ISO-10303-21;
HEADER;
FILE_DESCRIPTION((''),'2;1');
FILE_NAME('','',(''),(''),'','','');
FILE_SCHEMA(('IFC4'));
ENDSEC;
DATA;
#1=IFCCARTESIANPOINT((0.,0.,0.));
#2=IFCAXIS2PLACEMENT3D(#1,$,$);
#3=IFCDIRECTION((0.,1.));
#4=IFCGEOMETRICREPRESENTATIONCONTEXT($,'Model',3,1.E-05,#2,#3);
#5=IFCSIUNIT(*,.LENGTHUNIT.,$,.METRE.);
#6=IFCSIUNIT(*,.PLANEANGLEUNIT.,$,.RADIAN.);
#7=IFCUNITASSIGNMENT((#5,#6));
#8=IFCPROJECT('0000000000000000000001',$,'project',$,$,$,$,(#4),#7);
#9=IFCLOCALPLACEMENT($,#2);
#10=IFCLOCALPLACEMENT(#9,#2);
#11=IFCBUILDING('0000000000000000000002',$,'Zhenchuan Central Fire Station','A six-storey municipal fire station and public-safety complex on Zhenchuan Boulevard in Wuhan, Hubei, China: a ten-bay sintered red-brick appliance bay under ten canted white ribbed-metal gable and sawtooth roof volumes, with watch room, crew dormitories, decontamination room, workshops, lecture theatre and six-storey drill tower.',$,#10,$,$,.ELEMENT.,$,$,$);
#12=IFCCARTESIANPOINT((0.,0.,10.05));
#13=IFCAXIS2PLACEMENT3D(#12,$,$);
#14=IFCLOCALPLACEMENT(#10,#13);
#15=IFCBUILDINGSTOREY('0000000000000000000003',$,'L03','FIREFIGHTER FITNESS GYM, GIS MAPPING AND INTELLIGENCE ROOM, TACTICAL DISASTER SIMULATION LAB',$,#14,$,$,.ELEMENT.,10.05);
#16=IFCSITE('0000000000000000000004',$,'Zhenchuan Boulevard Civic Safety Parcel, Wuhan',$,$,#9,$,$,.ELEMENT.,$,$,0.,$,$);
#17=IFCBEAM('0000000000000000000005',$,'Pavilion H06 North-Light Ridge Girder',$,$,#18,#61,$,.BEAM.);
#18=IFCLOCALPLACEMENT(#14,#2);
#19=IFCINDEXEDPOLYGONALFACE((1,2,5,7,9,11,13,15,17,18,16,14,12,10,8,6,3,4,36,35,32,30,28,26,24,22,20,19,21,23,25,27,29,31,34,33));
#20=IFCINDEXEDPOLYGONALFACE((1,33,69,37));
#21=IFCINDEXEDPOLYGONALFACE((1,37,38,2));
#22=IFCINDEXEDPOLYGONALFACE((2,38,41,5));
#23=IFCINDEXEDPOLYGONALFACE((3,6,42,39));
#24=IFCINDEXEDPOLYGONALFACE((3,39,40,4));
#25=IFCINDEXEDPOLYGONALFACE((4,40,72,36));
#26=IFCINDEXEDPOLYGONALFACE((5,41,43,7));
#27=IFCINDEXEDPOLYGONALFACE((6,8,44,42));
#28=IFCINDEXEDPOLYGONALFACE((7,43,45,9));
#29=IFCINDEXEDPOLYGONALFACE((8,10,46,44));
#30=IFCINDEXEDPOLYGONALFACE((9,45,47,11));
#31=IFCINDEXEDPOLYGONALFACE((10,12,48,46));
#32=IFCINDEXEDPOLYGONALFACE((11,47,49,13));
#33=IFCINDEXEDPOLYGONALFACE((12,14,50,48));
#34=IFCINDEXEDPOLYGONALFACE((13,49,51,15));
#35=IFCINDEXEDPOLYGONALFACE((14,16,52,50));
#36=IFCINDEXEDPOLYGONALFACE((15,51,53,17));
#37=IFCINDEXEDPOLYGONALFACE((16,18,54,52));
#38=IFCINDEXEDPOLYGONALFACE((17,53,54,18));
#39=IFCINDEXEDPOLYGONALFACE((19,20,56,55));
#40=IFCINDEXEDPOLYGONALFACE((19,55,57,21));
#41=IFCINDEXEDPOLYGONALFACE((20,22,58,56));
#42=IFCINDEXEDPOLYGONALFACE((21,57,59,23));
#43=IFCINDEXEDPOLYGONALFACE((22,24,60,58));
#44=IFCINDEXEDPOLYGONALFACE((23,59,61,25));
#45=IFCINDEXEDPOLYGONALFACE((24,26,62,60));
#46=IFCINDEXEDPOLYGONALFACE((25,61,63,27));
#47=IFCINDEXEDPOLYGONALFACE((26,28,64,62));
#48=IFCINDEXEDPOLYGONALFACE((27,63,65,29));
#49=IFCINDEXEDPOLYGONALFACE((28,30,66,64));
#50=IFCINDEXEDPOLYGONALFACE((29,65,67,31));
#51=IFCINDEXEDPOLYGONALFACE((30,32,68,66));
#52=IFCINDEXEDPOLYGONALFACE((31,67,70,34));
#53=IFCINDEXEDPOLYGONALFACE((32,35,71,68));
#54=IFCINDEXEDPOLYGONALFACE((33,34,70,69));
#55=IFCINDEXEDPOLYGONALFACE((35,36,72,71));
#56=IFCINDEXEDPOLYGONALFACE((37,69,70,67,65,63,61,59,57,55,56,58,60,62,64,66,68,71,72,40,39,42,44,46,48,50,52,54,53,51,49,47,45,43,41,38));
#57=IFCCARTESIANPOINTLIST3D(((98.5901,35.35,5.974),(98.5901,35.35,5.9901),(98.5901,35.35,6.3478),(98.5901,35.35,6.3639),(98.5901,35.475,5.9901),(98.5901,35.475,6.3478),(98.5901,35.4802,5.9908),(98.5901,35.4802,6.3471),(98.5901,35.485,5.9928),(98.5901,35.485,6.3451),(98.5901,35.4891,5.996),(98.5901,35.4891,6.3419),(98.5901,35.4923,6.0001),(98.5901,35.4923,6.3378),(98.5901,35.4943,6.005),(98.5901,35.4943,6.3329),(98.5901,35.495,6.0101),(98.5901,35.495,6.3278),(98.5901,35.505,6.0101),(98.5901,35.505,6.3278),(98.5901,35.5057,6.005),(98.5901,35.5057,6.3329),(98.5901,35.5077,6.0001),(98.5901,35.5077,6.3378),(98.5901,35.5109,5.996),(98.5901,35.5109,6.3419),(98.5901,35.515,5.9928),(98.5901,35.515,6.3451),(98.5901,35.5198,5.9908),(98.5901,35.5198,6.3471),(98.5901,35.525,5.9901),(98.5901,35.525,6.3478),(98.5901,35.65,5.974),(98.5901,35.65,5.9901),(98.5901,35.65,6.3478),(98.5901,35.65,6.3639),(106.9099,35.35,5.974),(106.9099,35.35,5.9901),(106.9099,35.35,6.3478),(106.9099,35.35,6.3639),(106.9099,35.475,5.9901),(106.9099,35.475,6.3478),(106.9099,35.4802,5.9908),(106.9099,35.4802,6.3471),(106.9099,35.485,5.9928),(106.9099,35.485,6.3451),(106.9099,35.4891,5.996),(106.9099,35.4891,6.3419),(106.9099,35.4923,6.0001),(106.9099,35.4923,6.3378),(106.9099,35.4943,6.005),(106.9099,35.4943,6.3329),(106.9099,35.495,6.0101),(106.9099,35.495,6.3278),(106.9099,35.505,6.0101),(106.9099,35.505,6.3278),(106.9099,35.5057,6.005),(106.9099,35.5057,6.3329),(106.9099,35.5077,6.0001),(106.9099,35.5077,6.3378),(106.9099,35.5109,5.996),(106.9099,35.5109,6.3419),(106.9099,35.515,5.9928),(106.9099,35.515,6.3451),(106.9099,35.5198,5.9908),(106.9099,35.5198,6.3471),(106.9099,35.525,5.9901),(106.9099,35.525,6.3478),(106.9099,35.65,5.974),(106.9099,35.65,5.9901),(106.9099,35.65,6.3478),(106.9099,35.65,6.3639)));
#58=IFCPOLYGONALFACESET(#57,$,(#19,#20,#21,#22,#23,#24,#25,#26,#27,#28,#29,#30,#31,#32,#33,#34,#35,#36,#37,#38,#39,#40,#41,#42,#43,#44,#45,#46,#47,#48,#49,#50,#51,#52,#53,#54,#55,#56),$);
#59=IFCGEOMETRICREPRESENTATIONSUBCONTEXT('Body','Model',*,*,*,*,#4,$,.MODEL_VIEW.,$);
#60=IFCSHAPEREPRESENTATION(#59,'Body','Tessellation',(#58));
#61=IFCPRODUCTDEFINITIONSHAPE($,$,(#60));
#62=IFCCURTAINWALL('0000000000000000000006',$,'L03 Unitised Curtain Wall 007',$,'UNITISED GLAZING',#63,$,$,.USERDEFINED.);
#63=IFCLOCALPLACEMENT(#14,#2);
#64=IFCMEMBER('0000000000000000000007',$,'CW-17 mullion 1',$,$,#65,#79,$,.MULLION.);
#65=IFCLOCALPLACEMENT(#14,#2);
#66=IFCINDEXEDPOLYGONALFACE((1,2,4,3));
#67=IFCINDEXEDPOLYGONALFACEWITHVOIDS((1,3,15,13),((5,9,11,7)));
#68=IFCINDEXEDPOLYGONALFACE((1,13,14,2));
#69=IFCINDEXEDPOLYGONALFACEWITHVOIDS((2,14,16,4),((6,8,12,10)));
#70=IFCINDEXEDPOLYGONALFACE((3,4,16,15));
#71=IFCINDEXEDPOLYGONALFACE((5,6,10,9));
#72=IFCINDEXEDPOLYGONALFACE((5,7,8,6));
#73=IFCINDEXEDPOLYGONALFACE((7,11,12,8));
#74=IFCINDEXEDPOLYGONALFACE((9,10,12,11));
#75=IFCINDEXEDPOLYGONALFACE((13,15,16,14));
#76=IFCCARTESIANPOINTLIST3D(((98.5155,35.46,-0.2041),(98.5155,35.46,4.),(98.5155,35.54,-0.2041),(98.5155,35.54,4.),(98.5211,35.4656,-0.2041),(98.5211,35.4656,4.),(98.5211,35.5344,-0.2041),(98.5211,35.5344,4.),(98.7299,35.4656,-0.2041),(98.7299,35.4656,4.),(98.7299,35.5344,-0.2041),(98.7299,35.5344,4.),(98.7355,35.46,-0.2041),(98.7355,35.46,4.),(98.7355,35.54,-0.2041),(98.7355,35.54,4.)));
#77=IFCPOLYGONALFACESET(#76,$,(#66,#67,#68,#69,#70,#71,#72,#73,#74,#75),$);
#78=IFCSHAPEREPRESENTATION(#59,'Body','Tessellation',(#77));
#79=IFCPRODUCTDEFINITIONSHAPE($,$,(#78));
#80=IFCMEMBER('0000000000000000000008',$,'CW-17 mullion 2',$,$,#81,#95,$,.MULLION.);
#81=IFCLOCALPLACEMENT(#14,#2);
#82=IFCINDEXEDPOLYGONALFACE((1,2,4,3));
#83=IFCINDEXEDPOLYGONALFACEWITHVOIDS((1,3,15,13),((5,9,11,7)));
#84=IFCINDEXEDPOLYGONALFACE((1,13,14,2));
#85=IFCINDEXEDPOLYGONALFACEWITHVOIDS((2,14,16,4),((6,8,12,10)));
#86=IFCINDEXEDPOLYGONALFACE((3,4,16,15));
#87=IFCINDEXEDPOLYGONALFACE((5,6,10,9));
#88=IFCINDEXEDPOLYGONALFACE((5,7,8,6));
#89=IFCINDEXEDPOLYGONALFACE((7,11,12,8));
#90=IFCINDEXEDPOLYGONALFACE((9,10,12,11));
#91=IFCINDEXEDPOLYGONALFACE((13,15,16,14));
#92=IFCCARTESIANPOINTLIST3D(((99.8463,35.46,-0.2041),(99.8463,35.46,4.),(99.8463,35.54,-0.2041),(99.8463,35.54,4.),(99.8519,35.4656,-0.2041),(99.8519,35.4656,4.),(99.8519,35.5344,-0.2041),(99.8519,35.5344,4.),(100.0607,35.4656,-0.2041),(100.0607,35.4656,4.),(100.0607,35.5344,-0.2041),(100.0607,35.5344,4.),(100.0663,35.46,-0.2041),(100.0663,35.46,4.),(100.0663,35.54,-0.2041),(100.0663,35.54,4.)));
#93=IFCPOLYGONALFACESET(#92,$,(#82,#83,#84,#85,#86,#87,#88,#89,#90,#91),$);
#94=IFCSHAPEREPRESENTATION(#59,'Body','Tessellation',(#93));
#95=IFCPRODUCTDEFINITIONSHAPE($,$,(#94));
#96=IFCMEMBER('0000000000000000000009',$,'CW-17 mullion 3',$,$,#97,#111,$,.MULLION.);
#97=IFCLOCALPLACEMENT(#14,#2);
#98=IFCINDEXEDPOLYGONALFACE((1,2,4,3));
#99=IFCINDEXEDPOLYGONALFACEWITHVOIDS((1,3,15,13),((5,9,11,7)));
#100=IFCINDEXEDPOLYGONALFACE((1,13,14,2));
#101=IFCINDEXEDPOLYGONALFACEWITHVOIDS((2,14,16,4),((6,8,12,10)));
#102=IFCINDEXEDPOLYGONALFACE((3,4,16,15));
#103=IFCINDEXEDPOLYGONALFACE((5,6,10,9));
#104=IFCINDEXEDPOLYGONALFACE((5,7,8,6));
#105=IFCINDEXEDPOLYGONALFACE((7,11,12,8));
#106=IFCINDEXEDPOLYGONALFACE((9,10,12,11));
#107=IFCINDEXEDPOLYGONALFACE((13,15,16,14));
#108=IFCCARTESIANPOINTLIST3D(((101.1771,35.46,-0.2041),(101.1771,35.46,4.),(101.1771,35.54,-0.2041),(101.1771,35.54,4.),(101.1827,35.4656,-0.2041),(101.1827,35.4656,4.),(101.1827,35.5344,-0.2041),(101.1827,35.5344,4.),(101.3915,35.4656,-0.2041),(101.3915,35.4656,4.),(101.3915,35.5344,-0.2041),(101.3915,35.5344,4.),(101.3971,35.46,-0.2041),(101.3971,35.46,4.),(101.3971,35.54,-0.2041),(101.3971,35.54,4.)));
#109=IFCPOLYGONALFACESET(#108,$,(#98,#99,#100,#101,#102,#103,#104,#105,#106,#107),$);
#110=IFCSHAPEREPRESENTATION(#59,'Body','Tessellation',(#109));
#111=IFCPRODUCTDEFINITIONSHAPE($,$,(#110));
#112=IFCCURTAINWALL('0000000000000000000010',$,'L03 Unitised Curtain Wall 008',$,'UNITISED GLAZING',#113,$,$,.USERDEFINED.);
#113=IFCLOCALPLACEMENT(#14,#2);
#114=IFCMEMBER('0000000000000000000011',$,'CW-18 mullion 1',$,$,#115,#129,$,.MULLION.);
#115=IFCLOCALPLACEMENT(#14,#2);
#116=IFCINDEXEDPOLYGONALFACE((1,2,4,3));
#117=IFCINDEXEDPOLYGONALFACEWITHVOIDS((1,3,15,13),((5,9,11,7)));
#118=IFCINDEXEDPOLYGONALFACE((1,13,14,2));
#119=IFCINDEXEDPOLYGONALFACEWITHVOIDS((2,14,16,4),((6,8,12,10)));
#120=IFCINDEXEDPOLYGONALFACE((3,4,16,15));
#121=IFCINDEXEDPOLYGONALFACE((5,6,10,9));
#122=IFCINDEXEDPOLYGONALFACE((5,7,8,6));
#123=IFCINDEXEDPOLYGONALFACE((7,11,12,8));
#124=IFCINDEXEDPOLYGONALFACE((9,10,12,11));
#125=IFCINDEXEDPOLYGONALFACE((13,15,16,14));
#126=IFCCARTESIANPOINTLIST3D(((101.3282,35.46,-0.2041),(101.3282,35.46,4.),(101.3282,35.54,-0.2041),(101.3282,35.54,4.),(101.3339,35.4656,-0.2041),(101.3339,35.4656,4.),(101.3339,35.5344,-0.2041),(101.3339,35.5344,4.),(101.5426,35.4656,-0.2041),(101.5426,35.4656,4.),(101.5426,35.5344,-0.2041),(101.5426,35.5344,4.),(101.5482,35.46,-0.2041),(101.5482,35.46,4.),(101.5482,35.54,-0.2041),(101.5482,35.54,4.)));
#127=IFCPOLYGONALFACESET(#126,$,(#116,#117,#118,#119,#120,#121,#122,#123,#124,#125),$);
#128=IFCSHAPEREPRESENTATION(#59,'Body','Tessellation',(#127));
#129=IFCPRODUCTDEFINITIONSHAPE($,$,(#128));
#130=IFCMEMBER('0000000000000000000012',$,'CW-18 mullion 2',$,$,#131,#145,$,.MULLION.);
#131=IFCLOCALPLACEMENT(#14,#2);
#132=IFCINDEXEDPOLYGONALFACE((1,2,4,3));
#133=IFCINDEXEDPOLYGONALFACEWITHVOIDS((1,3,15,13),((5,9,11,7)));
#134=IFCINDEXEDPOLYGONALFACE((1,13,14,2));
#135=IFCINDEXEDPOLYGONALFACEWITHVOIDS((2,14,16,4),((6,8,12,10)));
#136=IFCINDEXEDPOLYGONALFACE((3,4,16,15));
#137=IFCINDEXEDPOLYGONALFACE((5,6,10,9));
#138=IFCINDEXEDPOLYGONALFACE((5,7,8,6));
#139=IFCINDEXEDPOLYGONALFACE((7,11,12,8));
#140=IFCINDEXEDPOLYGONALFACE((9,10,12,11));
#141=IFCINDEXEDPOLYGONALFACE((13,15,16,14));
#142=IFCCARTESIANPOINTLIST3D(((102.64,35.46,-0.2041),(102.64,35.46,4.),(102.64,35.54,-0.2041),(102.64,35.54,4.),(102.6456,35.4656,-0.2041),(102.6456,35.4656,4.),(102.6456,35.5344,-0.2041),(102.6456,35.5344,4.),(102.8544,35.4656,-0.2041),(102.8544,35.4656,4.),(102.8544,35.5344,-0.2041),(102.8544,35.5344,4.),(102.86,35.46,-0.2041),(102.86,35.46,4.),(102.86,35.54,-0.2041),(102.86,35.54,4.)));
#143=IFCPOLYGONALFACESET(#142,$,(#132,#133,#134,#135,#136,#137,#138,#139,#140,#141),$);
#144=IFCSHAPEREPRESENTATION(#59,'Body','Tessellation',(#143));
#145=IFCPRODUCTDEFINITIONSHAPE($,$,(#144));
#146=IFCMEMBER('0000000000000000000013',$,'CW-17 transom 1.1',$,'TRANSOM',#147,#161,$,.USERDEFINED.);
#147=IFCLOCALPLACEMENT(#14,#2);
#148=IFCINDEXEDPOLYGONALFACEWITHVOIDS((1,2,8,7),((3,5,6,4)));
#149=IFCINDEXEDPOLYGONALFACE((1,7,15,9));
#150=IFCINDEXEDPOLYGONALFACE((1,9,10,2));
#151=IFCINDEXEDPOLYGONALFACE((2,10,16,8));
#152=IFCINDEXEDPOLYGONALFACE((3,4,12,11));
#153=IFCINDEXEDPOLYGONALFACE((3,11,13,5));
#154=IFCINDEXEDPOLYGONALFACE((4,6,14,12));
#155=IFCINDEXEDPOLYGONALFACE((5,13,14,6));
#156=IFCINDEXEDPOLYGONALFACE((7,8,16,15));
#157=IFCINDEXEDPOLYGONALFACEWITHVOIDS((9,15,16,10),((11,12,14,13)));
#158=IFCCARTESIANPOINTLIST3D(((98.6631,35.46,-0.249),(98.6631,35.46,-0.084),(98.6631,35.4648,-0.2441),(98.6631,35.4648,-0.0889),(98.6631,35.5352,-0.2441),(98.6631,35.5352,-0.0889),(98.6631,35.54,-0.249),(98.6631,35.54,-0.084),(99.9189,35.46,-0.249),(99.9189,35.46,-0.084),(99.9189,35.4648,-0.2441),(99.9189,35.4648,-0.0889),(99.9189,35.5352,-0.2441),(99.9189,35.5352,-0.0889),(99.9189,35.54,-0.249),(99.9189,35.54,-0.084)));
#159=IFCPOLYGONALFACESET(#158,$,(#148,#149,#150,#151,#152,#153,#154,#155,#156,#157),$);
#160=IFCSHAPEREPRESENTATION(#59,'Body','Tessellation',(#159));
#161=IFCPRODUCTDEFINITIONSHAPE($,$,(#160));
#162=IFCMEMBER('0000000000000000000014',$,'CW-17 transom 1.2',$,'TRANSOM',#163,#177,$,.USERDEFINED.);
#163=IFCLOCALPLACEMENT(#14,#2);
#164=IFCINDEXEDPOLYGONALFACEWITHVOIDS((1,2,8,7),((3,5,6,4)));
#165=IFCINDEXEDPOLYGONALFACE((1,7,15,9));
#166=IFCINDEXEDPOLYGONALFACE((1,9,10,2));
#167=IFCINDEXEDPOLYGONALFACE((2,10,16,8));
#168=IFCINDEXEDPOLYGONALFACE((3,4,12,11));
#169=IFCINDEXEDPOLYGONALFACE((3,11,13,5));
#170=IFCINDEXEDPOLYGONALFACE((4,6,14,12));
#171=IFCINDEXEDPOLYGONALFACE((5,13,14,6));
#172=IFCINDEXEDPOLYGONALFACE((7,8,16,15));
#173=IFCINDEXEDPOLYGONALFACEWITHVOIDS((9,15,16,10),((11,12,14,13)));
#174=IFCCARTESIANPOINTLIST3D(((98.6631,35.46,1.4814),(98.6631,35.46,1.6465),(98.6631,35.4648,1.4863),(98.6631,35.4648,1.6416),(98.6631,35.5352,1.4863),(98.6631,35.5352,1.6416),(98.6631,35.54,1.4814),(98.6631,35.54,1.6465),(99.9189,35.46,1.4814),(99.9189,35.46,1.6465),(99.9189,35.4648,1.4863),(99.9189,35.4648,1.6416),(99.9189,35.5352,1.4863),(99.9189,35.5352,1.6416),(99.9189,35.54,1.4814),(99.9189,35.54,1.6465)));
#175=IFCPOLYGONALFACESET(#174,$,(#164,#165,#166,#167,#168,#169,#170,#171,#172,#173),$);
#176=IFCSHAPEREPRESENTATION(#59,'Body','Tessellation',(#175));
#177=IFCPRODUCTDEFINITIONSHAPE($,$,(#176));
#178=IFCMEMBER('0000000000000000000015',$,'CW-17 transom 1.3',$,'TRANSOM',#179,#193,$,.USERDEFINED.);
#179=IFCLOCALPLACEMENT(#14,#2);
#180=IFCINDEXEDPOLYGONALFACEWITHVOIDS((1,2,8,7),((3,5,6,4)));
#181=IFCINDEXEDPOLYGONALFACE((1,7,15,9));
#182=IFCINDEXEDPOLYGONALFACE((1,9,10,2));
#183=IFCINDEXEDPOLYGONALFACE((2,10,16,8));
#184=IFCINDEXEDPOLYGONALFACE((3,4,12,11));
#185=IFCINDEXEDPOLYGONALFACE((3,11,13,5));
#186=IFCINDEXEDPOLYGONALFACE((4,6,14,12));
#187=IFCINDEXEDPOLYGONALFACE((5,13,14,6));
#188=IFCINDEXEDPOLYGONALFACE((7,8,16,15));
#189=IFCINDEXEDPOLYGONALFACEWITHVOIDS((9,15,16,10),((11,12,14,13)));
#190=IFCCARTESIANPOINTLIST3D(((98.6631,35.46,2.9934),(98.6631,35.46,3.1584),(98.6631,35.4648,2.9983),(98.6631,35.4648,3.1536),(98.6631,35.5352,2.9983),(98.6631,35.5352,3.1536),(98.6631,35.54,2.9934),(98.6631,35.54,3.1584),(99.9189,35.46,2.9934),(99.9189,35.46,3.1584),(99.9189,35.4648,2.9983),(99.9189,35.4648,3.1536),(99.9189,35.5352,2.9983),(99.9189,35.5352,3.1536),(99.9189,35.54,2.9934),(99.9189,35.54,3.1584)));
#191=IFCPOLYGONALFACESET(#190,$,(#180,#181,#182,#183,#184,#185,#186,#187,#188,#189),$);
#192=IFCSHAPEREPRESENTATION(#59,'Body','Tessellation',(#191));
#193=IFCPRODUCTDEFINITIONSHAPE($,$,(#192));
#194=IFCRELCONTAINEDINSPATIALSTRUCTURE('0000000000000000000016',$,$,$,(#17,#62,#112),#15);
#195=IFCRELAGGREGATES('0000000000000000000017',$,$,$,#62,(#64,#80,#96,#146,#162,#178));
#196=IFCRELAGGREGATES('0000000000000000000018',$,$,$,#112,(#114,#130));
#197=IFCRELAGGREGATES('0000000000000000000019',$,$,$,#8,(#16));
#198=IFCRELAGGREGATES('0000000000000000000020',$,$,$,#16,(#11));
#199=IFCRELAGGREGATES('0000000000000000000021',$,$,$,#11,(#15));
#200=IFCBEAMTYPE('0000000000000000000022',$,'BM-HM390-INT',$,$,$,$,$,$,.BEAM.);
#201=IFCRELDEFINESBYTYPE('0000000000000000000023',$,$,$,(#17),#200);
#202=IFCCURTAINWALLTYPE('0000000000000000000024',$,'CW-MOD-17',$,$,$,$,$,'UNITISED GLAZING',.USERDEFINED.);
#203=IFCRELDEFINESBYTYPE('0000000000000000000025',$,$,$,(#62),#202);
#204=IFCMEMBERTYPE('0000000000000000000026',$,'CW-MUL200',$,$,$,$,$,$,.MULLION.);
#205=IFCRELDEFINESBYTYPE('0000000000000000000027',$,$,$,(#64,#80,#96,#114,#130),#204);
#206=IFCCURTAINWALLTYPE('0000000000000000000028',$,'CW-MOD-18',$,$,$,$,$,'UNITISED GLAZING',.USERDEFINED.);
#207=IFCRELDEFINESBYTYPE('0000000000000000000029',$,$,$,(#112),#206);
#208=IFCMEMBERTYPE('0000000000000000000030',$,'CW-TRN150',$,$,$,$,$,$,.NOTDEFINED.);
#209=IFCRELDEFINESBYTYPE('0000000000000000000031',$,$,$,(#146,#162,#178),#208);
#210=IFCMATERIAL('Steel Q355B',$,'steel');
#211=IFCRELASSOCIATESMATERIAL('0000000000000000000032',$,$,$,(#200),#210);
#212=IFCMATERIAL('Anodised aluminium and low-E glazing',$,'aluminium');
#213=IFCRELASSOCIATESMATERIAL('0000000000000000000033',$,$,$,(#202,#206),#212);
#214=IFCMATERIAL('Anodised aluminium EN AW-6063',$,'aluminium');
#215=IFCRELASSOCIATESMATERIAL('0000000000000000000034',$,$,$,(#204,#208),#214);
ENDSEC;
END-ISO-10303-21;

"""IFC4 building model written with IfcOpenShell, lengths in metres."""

from ifc_helpers import new_model, si_unit, direction, frame, origin, origin_2d, place, context, subcontext, project, spatial, hollow_rectangle, i_section, extrude, material, material_profile, profile_set, type_object, element, aggregate, save


model = new_model("IFC4")

# Units and contexts
model_context = context("Model", 3, precision=1e-05, world=origin(), true_north=direction((0.0, 1.0)))
body_context = subcontext(model_context, "Body", "Model", "MODEL_VIEW")
ifc_project = project(units=[si_unit("LENGTHUNIT", "METRE"), si_unit("PLANEANGLEUNIT", "RADIAN")], contexts=[model_context])

# Site, building, storey
site_placement = place(None, origin())
site = spatial("IfcSite", under=ifc_project, at=site_placement, Name="Zhenchuan Boulevard Civic Safety Parcel, Wuhan", CompositionType="ELEMENT", RefElevation=0.0)
building_placement = place(site_placement, origin())
building = spatial("IfcBuilding", under=site, at=building_placement, Name="Zhenchuan Central Fire Station", Description="A six-storey municipal fire station and public-safety complex on Zhenchuan Boulevard in Wuhan, Hubei, China: a ten-bay sintered red-brick appliance bay under ten canted white ribbed-metal gable and sawtooth roof volumes, with watch room, crew dormitories, decontamination room, workshops, lecture theatre and six-storey drill tower.", CompositionType="ELEMENT")
storey_placement = place(building_placement, frame((0.0, 0.0, 10.05)))
storey = spatial("IfcBuildingStorey", under=building, at=storey_placement, Name="L03", Description="FIREFIGHTER FITNESS GYM, GIS MAPPING AND INTELLIGENCE ROOM, TACTICAL DISASTER SIMULATION LAB", CompositionType="ELEMENT", Elevation=10.05)

# Beam
ifc_material_1 = material(Name="Steel Q355B", Category="steel")
ifc_material_profile_1 = material_profile(ifc_material_1, i_section(OverallWidth=0.3, OverallDepth=0.3899, WebThickness=0.01, FlangeThickness=0.0161, FilletRadius=0.02, at=origin_2d()), Name="HM 390x300")
ifc_profile_set_1 = profile_set([ifc_material_profile_1], Name="Steel Q355B")
beam_type = type_object("IfcBeamType", Name="BM-HM390-INT", PredefinedType="BEAM", material=ifc_profile_set_1)
beam_placement = place(storey_placement, frame((98.5901, 35.5, 6.1689), z_axis=(1.0, 0.0, 0.0), x_axis=(0.0, 1.0, 0.0)))
element("IfcBeam", 1, at=beam_placement, inside=storey, type_object=beam_type, Name="Pavilion H06 North-Light Ridge Girder", PredefinedType="BEAM", context=body_context, shape_type="SweptSolid", body=[
    extrude(i_section(OverallWidth=0.3, OverallDepth=0.3899, WebThickness=0.01, FlangeThickness=0.0161, FilletRadius=0.02, at=origin_2d()), origin(), (0.0, 0.0, 1.0), 8.3198),
])

# Curtain walls, members
ifc_material_2 = material(Name="Anodised aluminium and low-E glazing", Category="aluminium")
curtain_wall_type_1 = type_object("IfcCurtainWallType", Name="CW-MOD-17", ElementType="UNITISED GLAZING", PredefinedType="USERDEFINED", material=ifc_material_2)
curtain_wall_1_placement = place(storey_placement, origin())
curtain_wall_1 = element("IfcCurtainWall", 2, at=curtain_wall_1_placement, inside=storey, type_object=curtain_wall_type_1, Name="L03 Unitised Curtain Wall 007", ObjectType="UNITISED GLAZING", PredefinedType="USERDEFINED")
ifc_material_3 = material(Name="Anodised aluminium EN AW-6063", Category="aluminium")
ifc_material_profile_2 = material_profile(ifc_material_3, hollow_rectangle(XDim=0.0801, YDim=0.22, WallThickness=0.0056, at=origin_2d()), Name="ALU-M 220x80")
ifc_profile_set_2 = profile_set([ifc_material_profile_2], Name="Anodised aluminium EN AW-6063")
member_type_1 = type_object("IfcMemberType", Name="CW-MUL200", PredefinedType="MULLION", material=ifc_profile_set_2)
member_1_placement = place(storey_placement, frame((98.6255, 35.5, -0.2041), z_axis=(0.0, 0.0, 1.0), x_axis=(0.0, 1.0, 0.0)))
member_1 = element("IfcMember", 3, at=member_1_placement, type_object=member_type_1, Name="CW-17 mullion 1", PredefinedType="MULLION", context=body_context, shape_type="SweptSolid", body=[
    extrude(hollow_rectangle(XDim=0.0801, YDim=0.22, WallThickness=0.0056, at=origin_2d()), origin(), (0.0, 0.0, 1.0), 4.2041),
])
member_2_placement = place(storey_placement, frame((99.9563, 35.5, -0.2041), z_axis=(0.0, 0.0, 1.0), x_axis=(0.0, 1.0, 0.0)))
member_2 = element("IfcMember", 4, at=member_2_placement, type_object=member_type_1, Name="CW-17 mullion 2", PredefinedType="MULLION", context=body_context, shape_type="SweptSolid", body=[
    extrude(hollow_rectangle(XDim=0.0801, YDim=0.22, WallThickness=0.0056, at=origin_2d()), origin(), (0.0, 0.0, 1.0), 4.2041),
])
member_3_placement = place(storey_placement, frame((101.2871, 35.5, -0.2041), z_axis=(0.0, 0.0, 1.0), x_axis=(0.0, 1.0, 0.0)))
member_3 = element("IfcMember", 5, at=member_3_placement, type_object=member_type_1, Name="CW-17 mullion 3", PredefinedType="MULLION", context=body_context, shape_type="SweptSolid", body=[
    extrude(hollow_rectangle(XDim=0.0801, YDim=0.22, WallThickness=0.0056, at=origin_2d()), origin(), (0.0, 0.0, 1.0), 4.2041),
])
curtain_wall_type_2 = type_object("IfcCurtainWallType", Name="CW-MOD-18", ElementType="UNITISED GLAZING", PredefinedType="USERDEFINED", material=ifc_material_2)
curtain_wall_2_placement = place(storey_placement, origin())
curtain_wall_2 = element("IfcCurtainWall", 6, at=curtain_wall_2_placement, inside=storey, type_object=curtain_wall_type_2, Name="L03 Unitised Curtain Wall 008", ObjectType="UNITISED GLAZING", PredefinedType="USERDEFINED")
member_4_placement = place(storey_placement, frame((101.4382, 35.5, -0.2041), z_axis=(0.0, 0.0, 1.0), x_axis=(0.0, 1.0, 0.0)))
member_4 = element("IfcMember", 7, at=member_4_placement, type_object=member_type_1, Name="CW-18 mullion 1", PredefinedType="MULLION", context=body_context, shape_type="SweptSolid", body=[
    extrude(hollow_rectangle(XDim=0.0801, YDim=0.22, WallThickness=0.0056, at=origin_2d()), origin(), (0.0, 0.0, 1.0), 4.2041),
])
member_5_placement = place(storey_placement, frame((102.75, 35.5, -0.2041), z_axis=(0.0, 0.0, 1.0), x_axis=(0.0, 1.0, 0.0)))
member_5 = element("IfcMember", 8, at=member_5_placement, type_object=member_type_1, Name="CW-18 mullion 2", PredefinedType="MULLION", context=body_context, shape_type="SweptSolid", body=[
    extrude(hollow_rectangle(XDim=0.0801, YDim=0.22, WallThickness=0.0056, at=origin_2d()), origin(), (0.0, 0.0, 1.0), 4.2041),
])

# Members
ifc_material_profile_3 = material_profile(ifc_material_3, hollow_rectangle(XDim=0.0801, YDim=0.165, WallThickness=0.0049, at=origin_2d()), Name="ALU-T 165x80")
ifc_profile_set_3 = profile_set([ifc_material_profile_3], Name="Anodised aluminium EN AW-6063")
member_type_2 = type_object("IfcMemberType", Name="CW-TRN150", PredefinedType="NOTDEFINED", material=ifc_profile_set_3)
member_6_placement = place(storey_placement, frame((98.6631, 35.5, -0.1665), z_axis=(1.0, 0.0, 0.0), x_axis=(0.0, 1.0, 0.0)))
member_6 = element("IfcMember", 9, at=member_6_placement, type_object=member_type_2, Name="CW-17 transom 1.1", ObjectType="TRANSOM", PredefinedType="USERDEFINED", context=body_context, shape_type="SweptSolid", body=[
    extrude(hollow_rectangle(XDim=0.0801, YDim=0.165, WallThickness=0.0049, at=origin_2d()), origin(), (0.0, 0.0, 1.0), 1.2559),
])
member_7_placement = place(storey_placement, frame((98.6631, 35.5, 1.564), z_axis=(1.0, 0.0, 0.0), x_axis=(0.0, 1.0, 0.0)))
member_7 = element("IfcMember", 10, at=member_7_placement, type_object=member_type_2, Name="CW-17 transom 1.2", ObjectType="TRANSOM", PredefinedType="USERDEFINED", context=body_context, shape_type="SweptSolid", body=[
    extrude(hollow_rectangle(XDim=0.0801, YDim=0.165, WallThickness=0.0049, at=origin_2d()), origin(), (0.0, 0.0, 1.0), 1.2559),
])
member_8_placement = place(storey_placement, frame((98.6631, 35.5, 3.0759), z_axis=(1.0, 0.0, 0.0), x_axis=(0.0, 1.0, 0.0)))
member_8 = element("IfcMember", 11, at=member_8_placement, type_object=member_type_2, Name="CW-17 transom 1.3", ObjectType="TRANSOM", PredefinedType="USERDEFINED", context=body_context, shape_type="SweptSolid", body=[
    extrude(hollow_rectangle(XDim=0.0801, YDim=0.165, WallThickness=0.0049, at=origin_2d()), origin(), (0.0, 0.0, 1.0), 1.2559),
])

aggregate(curtain_wall_1, [member_1, member_2, member_3, member_6, member_7, member_8])
aggregate(curtain_wall_2, [member_4, member_5])

save(model, "model.ifc")
